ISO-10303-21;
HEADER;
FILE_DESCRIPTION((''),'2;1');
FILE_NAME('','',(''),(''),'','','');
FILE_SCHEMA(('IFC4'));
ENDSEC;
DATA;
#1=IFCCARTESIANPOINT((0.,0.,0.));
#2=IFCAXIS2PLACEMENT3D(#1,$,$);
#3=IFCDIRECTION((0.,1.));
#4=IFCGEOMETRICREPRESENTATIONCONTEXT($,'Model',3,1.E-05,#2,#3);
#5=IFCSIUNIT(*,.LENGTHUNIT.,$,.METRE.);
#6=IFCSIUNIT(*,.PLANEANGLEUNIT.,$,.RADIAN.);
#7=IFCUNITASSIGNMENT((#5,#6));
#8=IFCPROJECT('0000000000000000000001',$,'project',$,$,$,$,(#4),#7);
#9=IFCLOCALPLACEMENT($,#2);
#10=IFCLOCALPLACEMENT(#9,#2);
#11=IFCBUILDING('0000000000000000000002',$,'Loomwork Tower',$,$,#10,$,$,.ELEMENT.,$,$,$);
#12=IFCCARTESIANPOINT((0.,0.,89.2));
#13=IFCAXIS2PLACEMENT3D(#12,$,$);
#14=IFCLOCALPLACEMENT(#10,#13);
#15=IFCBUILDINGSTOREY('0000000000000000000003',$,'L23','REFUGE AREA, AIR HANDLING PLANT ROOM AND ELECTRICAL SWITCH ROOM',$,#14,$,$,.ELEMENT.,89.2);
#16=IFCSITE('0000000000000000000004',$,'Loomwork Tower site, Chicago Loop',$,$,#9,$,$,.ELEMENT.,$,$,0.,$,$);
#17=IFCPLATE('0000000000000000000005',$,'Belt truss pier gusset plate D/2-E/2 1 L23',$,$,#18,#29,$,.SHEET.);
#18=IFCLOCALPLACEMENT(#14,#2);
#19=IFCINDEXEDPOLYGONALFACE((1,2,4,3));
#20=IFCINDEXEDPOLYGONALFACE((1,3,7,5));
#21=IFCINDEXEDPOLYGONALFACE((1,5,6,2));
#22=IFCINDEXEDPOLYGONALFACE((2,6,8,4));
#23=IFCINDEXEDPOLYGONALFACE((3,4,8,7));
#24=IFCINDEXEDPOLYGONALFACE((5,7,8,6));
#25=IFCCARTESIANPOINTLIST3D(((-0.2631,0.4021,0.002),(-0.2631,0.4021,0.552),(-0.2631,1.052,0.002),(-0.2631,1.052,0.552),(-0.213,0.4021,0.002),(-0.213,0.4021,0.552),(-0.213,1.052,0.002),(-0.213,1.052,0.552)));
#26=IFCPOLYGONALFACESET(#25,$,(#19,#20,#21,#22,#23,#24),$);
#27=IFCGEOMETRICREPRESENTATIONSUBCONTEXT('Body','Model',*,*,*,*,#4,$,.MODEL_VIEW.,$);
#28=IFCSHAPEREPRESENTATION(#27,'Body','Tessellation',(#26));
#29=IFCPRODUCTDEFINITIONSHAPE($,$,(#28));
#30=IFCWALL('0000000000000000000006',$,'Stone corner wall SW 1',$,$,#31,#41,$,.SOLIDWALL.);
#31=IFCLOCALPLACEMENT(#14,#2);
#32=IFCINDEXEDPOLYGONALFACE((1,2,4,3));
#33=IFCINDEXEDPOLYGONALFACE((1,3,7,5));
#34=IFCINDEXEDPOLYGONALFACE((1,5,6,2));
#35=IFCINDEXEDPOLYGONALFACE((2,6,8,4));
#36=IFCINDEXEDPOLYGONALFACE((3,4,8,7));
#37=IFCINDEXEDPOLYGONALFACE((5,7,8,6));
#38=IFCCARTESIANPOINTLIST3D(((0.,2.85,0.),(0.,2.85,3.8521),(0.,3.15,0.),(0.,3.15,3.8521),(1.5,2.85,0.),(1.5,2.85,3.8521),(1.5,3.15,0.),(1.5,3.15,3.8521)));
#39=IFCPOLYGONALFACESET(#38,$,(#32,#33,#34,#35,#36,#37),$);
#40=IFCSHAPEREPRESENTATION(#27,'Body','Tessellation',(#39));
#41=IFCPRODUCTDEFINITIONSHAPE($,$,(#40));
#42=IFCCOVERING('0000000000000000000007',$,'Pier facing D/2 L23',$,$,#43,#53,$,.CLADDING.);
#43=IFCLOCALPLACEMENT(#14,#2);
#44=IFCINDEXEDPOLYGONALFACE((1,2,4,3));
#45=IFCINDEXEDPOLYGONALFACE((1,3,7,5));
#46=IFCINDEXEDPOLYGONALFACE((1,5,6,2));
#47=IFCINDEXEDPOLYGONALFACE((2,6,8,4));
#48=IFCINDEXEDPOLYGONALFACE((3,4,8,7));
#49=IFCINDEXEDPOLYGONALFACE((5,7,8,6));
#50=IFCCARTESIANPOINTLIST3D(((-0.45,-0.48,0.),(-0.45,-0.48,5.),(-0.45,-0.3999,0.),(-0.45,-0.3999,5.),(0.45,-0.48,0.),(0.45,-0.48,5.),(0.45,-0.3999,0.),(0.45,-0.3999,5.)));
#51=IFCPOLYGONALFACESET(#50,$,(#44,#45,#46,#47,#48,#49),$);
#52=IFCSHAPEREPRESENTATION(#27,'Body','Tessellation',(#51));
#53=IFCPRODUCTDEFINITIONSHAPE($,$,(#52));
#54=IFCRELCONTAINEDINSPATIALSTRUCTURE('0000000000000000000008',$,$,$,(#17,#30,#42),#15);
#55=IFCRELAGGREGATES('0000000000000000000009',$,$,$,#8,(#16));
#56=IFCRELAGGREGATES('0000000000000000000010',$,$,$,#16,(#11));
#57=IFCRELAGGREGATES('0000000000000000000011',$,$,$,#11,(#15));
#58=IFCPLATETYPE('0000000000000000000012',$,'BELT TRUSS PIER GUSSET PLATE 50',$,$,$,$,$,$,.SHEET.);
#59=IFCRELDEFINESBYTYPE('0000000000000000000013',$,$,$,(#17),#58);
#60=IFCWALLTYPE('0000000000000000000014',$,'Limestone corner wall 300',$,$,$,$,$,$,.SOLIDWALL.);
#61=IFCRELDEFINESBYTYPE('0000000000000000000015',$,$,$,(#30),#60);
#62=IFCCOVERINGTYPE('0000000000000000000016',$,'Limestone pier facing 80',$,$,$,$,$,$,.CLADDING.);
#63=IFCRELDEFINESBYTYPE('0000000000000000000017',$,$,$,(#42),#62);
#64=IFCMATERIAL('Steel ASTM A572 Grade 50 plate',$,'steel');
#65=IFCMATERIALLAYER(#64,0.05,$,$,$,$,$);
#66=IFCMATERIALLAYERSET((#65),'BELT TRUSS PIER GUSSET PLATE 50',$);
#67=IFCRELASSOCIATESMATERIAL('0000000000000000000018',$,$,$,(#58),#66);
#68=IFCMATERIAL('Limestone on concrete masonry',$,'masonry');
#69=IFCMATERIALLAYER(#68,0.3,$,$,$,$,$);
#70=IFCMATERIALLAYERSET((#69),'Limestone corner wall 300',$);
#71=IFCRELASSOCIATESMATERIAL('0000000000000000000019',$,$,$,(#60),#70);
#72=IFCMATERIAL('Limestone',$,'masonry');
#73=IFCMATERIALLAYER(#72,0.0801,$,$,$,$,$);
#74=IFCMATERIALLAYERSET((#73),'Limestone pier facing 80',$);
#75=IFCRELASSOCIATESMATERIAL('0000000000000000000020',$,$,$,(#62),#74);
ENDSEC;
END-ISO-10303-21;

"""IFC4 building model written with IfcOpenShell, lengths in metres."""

from ifc_helpers import new_model, si_unit, direction, frame, frame_2d, origin, origin_2d, place, context, subcontext, project, spatial, rectangle, extrude, material, layer, layer_set, type_object, element, save


model = new_model("IFC4")

# Units and contexts
model_context = context("Model", 3, precision=1e-05, world=origin(), true_north=direction((0.0, 1.0)))
body_context = subcontext(model_context, "Body", "Model", "MODEL_VIEW")
ifc_project = project(units=[si_unit("LENGTHUNIT", "METRE"), si_unit("PLANEANGLEUNIT", "RADIAN")], contexts=[model_context])

# Site, building, storey
site_placement = place(None, origin())
site = spatial("IfcSite", under=ifc_project, at=site_placement, Name="Loomwork Tower site, Chicago Loop", CompositionType="ELEMENT", RefElevation=0.0)
building_placement = place(site_placement, origin())
building = spatial("IfcBuilding", under=site, at=building_placement, Name="Loomwork Tower", CompositionType="ELEMENT")
storey_placement = place(building_placement, frame((0.0, 0.0, 89.2)))
storey = spatial("IfcBuildingStorey", under=building, at=storey_placement, Name="L23", Description="REFUGE AREA, AIR HANDLING PLANT ROOM AND ELECTRICAL SWITCH ROOM", CompositionType="ELEMENT", Elevation=89.2)

# Plate
ifc_material_1 = material(Name="Steel ASTM A572 Grade 50 plate", Category="steel")
ifc_layer_1 = layer(ifc_material_1, 0.05)
ifc_layer_set_1 = layer_set([ifc_layer_1], Name="BELT TRUSS PIER GUSSET PLATE 50")
plate_type_1 = type_object("IfcPlateType", Name="BELT TRUSS PIER GUSSET PLATE 50", PredefinedType="SHEET", material=ifc_layer_set_1)
plate_1_placement = place(storey_placement, frame((-0.238, 0.7271, 0.002), z_axis=(0.0, 0.0, 1.0), x_axis=(0.0, 1.0, 0.0)))
element("IfcPlate", 1, at=plate_1_placement, inside=storey, type_object=plate_type_1, Name="Belt truss pier gusset plate D/2-E/2 1 L23", PredefinedType="SHEET", context=body_context, shape_type="SweptSolid", body=[
    extrude(rectangle(XDim=0.6499, YDim=0.05, at=origin_2d()), origin(), (0.0, 0.0, 1.0), 0.55),
])

# Wall
ifc_material_2 = material(Name="Limestone on concrete masonry", Category="masonry")
ifc_layer_2 = layer(ifc_material_2, 0.3)
ifc_layer_set_2 = layer_set([ifc_layer_2], Name="Limestone corner wall 300")
wall_type = type_object("IfcWallType", Name="Limestone corner wall 300", PredefinedType="SOLIDWALL", material=ifc_layer_set_2)
wall_placement = place(storey_placement, frame((0.0, 3.0, 0.0), z_axis=(0.0, 0.0, 1.0), x_axis=(1.0, 0.0, 0.0)))
element("IfcWall", 2, at=wall_placement, inside=storey, type_object=wall_type, Name="Stone corner wall SW 1", PredefinedType="SOLIDWALL", context=body_context, shape_type="SweptSolid", body=[
    extrude(rectangle(XDim=1.5, YDim=0.3, at=frame_2d((0.75, 0.0))), origin(), (0.0, 0.0, 1.0), 3.8521),
])

# Covering
ifc_material_3 = material(Name="Limestone", Category="masonry")
ifc_layer_3 = layer(ifc_material_3, 0.0801)
ifc_layer_set_3 = layer_set([ifc_layer_3], Name="Limestone pier facing 80")
covering_type = type_object("IfcCoveringType", Name="Limestone pier facing 80", PredefinedType="CLADDING", material=ifc_layer_set_3)
covering_placement = place(storey_placement, frame((0.0, -0.4399, 0.0), z_axis=(0.0, 0.0, 1.0), x_axis=(1.0, 0.0, 0.0)))
element("IfcCovering", 3, at=covering_placement, inside=storey, type_object=covering_type, Name="Pier facing D/2 L23", PredefinedType="CLADDING", context=body_context, shape_type="SweptSolid", body=[
    extrude(rectangle(XDim=0.8999, YDim=0.0801, at=origin_2d()), origin(), (0.0, 0.0, 1.0), 5.0),
])

save(model, "model.ifc")
